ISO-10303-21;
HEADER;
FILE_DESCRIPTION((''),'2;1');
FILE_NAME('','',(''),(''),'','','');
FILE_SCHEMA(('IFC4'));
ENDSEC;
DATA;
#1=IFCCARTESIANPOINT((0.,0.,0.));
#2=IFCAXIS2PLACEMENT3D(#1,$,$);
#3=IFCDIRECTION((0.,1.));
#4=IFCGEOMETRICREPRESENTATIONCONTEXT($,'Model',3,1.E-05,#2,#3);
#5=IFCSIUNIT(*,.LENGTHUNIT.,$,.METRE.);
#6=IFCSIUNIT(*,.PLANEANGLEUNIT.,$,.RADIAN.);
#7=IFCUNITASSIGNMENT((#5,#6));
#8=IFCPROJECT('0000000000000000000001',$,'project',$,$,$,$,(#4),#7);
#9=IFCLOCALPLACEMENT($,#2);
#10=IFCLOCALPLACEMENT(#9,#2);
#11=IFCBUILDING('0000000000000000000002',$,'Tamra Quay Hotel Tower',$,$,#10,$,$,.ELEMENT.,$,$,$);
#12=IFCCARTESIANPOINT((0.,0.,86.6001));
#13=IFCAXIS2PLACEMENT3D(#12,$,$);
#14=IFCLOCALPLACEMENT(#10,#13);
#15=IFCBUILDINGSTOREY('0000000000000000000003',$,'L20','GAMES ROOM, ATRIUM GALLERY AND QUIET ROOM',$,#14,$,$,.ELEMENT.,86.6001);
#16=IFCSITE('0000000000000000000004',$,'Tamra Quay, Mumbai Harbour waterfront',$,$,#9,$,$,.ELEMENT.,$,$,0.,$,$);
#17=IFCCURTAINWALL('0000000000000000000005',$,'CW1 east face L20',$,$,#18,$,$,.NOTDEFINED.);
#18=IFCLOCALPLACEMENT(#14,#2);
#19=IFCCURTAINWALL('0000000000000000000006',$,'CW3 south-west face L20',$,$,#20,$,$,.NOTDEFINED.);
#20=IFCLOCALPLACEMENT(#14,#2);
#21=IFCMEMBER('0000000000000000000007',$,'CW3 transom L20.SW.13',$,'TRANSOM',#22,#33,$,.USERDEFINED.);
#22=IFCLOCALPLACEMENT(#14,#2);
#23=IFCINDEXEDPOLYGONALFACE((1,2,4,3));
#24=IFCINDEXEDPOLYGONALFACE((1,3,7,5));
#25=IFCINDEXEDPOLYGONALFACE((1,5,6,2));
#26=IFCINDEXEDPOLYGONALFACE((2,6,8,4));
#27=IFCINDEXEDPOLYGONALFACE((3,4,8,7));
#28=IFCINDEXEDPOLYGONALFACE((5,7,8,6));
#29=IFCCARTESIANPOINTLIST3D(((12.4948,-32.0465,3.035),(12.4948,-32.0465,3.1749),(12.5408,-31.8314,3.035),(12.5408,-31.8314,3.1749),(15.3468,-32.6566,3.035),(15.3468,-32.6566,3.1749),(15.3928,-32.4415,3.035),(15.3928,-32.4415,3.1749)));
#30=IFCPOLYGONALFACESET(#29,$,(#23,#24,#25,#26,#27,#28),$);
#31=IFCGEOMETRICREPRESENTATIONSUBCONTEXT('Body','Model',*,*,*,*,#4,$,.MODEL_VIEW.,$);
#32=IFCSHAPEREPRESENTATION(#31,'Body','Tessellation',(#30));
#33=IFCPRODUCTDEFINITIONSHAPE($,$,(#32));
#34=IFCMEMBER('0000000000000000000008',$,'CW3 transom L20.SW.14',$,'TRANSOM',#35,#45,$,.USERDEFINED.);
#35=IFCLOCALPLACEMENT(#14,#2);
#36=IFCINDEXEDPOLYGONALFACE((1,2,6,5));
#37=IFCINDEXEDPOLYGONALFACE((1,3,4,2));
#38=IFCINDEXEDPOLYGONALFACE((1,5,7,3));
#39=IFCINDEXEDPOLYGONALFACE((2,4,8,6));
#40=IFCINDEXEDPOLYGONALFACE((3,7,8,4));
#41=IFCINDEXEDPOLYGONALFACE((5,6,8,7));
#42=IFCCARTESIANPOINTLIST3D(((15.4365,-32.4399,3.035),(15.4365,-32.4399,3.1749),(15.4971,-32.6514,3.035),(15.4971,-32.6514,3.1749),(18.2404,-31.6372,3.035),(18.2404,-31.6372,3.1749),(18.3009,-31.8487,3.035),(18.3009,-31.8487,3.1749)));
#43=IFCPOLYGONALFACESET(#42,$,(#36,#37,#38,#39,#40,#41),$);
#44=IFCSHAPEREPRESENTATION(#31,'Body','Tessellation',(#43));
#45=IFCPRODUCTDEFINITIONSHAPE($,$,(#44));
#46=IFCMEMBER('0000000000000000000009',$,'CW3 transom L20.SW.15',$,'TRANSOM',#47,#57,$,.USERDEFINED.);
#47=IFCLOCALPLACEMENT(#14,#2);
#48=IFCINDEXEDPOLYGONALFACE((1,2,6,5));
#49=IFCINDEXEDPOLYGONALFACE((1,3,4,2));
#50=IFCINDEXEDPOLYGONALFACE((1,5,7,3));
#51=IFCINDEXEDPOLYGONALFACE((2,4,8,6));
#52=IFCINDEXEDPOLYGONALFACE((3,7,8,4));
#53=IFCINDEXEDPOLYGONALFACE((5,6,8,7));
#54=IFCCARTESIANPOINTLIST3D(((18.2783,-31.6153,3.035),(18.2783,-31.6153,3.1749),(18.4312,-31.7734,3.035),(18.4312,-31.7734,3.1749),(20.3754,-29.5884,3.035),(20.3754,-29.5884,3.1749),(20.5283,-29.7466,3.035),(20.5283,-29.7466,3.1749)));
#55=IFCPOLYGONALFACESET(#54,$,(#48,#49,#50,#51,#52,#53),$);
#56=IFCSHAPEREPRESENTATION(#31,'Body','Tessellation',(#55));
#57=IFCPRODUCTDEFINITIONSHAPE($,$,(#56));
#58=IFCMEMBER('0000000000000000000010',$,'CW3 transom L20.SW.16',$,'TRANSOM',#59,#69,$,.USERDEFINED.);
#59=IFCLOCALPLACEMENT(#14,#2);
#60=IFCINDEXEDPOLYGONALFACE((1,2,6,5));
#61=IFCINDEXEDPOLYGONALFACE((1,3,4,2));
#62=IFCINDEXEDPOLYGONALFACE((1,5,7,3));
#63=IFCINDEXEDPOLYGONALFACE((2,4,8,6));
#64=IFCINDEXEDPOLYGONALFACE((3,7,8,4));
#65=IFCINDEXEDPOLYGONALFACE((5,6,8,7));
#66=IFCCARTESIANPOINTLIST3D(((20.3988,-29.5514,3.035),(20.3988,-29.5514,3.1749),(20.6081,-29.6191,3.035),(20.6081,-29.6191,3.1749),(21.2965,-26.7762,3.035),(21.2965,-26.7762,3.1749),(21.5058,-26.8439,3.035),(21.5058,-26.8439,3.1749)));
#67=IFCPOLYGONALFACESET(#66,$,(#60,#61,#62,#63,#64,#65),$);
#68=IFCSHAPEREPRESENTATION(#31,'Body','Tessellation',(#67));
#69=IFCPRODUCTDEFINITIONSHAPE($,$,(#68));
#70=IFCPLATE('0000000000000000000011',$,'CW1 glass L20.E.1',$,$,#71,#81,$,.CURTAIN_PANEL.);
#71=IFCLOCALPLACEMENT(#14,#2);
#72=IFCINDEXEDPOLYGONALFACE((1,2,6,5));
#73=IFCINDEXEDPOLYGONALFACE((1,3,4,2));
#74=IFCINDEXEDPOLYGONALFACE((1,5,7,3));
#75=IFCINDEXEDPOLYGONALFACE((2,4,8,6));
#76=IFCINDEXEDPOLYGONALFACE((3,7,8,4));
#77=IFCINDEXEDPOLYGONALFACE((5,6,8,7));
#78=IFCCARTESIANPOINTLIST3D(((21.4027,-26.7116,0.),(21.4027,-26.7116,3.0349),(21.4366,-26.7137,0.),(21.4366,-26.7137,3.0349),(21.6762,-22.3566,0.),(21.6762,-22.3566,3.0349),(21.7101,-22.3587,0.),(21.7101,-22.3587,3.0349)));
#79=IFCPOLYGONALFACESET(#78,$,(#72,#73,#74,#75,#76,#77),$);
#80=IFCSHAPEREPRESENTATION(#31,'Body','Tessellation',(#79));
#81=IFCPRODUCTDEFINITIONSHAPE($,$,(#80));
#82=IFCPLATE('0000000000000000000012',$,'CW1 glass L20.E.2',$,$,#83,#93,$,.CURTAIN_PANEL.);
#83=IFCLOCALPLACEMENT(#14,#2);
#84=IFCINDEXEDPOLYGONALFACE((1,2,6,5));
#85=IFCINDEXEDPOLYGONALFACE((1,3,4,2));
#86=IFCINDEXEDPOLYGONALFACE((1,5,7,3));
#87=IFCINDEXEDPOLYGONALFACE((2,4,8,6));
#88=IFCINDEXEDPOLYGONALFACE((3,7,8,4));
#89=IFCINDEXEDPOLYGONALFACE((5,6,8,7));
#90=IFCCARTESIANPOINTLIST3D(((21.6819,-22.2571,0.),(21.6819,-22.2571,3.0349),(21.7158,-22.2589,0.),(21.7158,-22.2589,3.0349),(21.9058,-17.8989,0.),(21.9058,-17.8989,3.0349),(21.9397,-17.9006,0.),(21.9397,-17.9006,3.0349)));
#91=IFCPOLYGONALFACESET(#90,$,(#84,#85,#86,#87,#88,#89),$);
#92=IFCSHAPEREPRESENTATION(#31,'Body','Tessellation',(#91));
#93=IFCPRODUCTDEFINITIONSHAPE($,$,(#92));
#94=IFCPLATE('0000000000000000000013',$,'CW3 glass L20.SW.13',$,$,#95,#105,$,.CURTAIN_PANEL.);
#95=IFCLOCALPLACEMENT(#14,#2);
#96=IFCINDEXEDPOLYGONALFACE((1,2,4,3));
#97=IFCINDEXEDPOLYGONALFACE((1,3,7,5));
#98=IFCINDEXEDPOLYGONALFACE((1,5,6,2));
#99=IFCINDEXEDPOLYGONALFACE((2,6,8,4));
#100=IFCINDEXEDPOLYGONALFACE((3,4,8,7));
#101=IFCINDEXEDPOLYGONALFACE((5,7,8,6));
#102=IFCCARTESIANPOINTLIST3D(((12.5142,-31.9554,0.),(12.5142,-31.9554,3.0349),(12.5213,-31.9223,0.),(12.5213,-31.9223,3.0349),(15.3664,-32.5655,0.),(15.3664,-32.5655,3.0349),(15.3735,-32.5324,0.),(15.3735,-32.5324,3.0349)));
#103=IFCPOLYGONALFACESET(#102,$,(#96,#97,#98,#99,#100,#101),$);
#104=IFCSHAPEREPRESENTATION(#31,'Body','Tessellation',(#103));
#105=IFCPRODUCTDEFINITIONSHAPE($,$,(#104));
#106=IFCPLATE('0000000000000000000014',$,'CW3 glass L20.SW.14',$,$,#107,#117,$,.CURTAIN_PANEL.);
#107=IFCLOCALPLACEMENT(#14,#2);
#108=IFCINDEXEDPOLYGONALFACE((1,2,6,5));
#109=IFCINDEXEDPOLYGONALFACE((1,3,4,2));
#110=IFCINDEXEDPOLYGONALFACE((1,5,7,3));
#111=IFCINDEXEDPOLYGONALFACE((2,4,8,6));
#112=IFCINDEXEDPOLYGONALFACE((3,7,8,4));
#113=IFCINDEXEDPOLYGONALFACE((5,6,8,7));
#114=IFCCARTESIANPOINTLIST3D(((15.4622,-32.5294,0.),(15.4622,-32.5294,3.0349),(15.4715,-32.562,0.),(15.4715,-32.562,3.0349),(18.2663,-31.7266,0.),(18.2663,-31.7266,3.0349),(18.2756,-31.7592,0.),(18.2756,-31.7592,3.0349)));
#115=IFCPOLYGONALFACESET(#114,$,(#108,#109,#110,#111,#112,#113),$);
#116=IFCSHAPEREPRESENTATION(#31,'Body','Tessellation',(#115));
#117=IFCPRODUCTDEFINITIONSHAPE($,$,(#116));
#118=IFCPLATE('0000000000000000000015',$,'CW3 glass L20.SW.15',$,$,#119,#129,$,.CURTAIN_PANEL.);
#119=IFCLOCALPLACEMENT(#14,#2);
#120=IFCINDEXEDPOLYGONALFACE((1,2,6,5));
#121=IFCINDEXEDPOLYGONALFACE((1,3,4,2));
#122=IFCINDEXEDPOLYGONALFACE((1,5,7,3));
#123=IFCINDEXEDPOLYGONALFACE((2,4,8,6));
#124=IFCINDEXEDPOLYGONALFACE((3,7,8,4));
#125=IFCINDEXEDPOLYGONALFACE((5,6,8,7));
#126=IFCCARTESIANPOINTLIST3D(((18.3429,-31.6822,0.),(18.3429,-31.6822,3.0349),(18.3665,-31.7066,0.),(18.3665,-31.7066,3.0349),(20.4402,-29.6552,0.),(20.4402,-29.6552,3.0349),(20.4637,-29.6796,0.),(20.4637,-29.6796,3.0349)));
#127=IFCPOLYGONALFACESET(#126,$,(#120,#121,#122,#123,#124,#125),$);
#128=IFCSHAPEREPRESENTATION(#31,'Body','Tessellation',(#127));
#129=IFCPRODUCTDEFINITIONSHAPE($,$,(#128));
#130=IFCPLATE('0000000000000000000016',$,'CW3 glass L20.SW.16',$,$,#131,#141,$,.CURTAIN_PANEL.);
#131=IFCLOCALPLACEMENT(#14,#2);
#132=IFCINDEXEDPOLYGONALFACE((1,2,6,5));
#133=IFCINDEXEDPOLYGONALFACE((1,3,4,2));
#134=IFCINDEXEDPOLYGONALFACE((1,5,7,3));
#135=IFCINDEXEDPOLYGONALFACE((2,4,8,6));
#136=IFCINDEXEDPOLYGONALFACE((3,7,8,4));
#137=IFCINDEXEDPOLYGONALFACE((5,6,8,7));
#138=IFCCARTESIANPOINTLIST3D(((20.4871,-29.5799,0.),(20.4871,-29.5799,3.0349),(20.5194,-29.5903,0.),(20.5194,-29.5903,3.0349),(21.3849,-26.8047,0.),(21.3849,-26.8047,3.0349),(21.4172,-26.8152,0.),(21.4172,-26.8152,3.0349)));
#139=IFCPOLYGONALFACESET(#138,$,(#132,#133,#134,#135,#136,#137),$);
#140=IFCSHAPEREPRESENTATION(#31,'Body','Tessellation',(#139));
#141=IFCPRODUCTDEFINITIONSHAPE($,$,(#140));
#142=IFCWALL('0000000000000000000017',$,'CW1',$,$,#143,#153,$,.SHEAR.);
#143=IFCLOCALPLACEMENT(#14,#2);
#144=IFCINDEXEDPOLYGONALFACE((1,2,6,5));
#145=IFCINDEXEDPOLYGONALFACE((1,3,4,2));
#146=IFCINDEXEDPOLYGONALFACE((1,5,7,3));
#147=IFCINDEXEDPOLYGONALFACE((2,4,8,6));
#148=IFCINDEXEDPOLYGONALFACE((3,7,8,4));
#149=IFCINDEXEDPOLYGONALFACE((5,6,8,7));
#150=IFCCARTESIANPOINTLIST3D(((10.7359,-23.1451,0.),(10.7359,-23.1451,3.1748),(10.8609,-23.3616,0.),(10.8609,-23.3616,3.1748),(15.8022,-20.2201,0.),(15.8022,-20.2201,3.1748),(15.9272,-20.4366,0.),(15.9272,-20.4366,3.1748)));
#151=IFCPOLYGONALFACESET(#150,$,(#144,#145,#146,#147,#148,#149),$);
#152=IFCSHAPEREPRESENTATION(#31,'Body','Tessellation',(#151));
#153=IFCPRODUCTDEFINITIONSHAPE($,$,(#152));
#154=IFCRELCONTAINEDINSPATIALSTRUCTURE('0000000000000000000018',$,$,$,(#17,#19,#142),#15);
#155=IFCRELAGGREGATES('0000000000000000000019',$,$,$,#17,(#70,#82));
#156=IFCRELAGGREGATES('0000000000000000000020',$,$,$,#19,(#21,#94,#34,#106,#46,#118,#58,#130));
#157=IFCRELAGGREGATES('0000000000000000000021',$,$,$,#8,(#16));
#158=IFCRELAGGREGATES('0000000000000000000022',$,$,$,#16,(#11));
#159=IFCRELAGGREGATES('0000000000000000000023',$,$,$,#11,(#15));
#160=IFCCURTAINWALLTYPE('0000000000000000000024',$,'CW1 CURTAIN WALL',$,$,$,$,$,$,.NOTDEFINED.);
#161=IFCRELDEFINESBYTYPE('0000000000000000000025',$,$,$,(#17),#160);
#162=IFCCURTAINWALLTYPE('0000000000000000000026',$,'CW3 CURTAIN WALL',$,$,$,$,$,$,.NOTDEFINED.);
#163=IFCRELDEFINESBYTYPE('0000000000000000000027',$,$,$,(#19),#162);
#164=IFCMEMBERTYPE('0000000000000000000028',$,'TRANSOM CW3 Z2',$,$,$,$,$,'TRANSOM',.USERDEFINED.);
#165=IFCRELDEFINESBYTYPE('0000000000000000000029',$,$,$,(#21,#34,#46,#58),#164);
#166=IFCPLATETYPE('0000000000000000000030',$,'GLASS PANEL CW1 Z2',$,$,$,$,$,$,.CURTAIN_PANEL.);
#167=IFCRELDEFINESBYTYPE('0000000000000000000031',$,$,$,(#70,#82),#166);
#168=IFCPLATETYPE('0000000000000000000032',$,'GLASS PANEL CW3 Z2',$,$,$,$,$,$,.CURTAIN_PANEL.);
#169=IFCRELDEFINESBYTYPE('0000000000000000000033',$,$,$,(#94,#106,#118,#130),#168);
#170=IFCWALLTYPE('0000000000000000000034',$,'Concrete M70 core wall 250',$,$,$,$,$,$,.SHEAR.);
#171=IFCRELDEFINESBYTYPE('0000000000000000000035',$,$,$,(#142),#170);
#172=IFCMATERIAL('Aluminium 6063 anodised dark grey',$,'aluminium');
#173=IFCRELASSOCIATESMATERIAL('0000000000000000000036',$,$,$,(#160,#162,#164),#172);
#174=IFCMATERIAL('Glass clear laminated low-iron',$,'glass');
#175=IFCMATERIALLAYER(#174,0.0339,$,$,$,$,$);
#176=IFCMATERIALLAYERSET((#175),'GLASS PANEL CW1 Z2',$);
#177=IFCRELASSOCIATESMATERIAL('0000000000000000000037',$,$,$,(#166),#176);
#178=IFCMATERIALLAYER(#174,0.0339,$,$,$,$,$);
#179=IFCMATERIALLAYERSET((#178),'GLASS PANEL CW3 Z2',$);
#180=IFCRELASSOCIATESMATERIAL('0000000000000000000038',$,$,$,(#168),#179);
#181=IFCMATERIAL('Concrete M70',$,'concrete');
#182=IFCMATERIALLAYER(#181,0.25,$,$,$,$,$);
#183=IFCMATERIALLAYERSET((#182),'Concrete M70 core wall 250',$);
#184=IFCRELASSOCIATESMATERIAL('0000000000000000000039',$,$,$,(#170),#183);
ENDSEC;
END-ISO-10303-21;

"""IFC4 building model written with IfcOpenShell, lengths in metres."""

from ifc_helpers import new_model, si_unit, direction, frame, frame_2d, origin, origin_2d, place, context, subcontext, project, spatial, rectangle, extrude, material, layer, layer_set, material_profile, profile_set, type_object, element, aggregate, save


model = new_model("IFC4")

# Units and contexts
model_context = context("Model", 3, precision=1e-05, world=origin(), true_north=direction((0.0, 1.0)))
body_context = subcontext(model_context, "Body", "Model", "MODEL_VIEW")
ifc_project = project(units=[si_unit("LENGTHUNIT", "METRE"), si_unit("PLANEANGLEUNIT", "RADIAN")], contexts=[model_context])

# Site, building, storey
site_placement = place(None, origin())
site = spatial("IfcSite", under=ifc_project, at=site_placement, Name="Tamra Quay, Mumbai Harbour waterfront", CompositionType="ELEMENT", RefElevation=0.0)
building_placement = place(site_placement, origin())
building = spatial("IfcBuilding", under=site, at=building_placement, Name="Tamra Quay Hotel Tower", CompositionType="ELEMENT")
storey_placement = place(building_placement, frame((0.0, 0.0, 86.6001)))
storey = spatial("IfcBuildingStorey", under=building, at=storey_placement, Name="L20", Description="GAMES ROOM, ATRIUM GALLERY AND QUIET ROOM", CompositionType="ELEMENT", Elevation=86.6001)

# Shared definitions
ifc_material_1 = material(Name="Concrete M70", Category="concrete")

# Curtain walls
ifc_material_2 = material(Name="Aluminium 6063 anodised dark grey", Category="aluminium")
curtain_wall_type_1 = type_object("IfcCurtainWallType", Name="CW1 CURTAIN WALL", PredefinedType="NOTDEFINED", material=ifc_material_2)
curtain_wall_1_placement = place(storey_placement, origin())
curtain_wall_1 = element("IfcCurtainWall", 1, at=curtain_wall_1_placement, inside=storey, type_object=curtain_wall_type_1, Name="CW1 east face L20", PredefinedType="NOTDEFINED")
curtain_wall_type_2 = type_object("IfcCurtainWallType", Name="CW3 CURTAIN WALL", PredefinedType="NOTDEFINED", material=ifc_material_2)
curtain_wall_2_placement = place(storey_placement, origin())
curtain_wall_2 = element("IfcCurtainWall", 2, at=curtain_wall_2_placement, inside=storey, type_object=curtain_wall_type_2, Name="CW3 south-west face L20", PredefinedType="NOTDEFINED")

# Members
ifc_material_profile_1 = material_profile(ifc_material_2, rectangle(XDim=0.22, YDim=0.1399, at=origin_2d()), Name="TRANSOM 220X140")
ifc_profile_set_1 = profile_set([ifc_material_profile_1], Name="Aluminium 6063 anodised dark grey")
member_type_1 = type_object("IfcMemberType", Name="TRANSOM CW3 Z2", ElementType="TRANSOM", PredefinedType="USERDEFINED", material=ifc_profile_set_1)
member_1_placement = place(storey_placement, frame((12.5178, -31.939, 3.105), z_axis=(0.977876, -0.209186, 0.0), x_axis=(0.209186, 0.977876, 0.0)))
member_1 = element("IfcMember", 3, at=member_1_placement, type_object=member_type_1, Name="CW3 transom L20.SW.13", ObjectType="TRANSOM", PredefinedType="USERDEFINED", context=body_context, shape_type="SweptSolid", body=[
    extrude(rectangle(XDim=0.22, YDim=0.1399, at=origin_2d()), origin(), (0.0, 0.0, 1.0), 2.9165),
])
member_2_placement = place(storey_placement, frame((15.4668, -32.5457, 3.105), z_axis=(0.961379, 0.27523, 0.0), x_axis=(-0.27523, 0.961379, 0.0)))
member_2 = element("IfcMember", 4, at=member_2_placement, type_object=member_type_1, Name="CW3 transom L20.SW.14", ObjectType="TRANSOM", PredefinedType="USERDEFINED", context=body_context, shape_type="SweptSolid", body=[
    extrude(rectangle(XDim=0.22, YDim=0.1399, at=origin_2d()), origin(), (0.0, 0.0, 1.0), 2.9165),
])
member_3_placement = place(storey_placement, frame((18.3547, -31.6943, 3.105), z_axis=(0.719058, 0.69495, 0.0), x_axis=(-0.69495, 0.719058, 0.0)))
member_3 = element("IfcMember", 5, at=member_3_placement, type_object=member_type_1, Name="CW3 transom L20.SW.15", ObjectType="TRANSOM", PredefinedType="USERDEFINED", context=body_context, shape_type="SweptSolid", body=[
    extrude(rectangle(XDim=0.22, YDim=0.1399, at=origin_2d()), origin(), (0.0, 0.0, 1.0), 2.9165),
])
member_4_placement = place(storey_placement, frame((20.5034, -29.5852, 3.105), z_axis=(0.307778, 0.951458, 0.0), x_axis=(-0.951458, 0.307778, 0.0)))
member_4 = element("IfcMember", 6, at=member_4_placement, type_object=member_type_1, Name="CW3 transom L20.SW.16", ObjectType="TRANSOM", PredefinedType="USERDEFINED", context=body_context, shape_type="SweptSolid", body=[
    extrude(rectangle(XDim=0.22, YDim=0.1399, at=origin_2d()), origin(), (0.0, 0.0, 1.0), 2.9167),
])

# Plates
ifc_material_3 = material(Name="Glass clear laminated low-iron", Category="glass")
ifc_layer_1 = layer(ifc_material_3, 0.0339)
ifc_layer_set_1 = layer_set([ifc_layer_1], Name="GLASS PANEL CW1 Z2")
plate_type_1 = type_object("IfcPlateType", Name="GLASS PANEL CW1 Z2", PredefinedType="CURTAIN_PANEL", material=ifc_layer_set_1)
plate_1_placement = place(storey_placement, frame((21.5564, -24.5352, 0.0), z_axis=(0.0, 0.0, 1.0), x_axis=(0.06267, 0.998034, 0.0)))
plate_1 = element("IfcPlate", 7, at=plate_1_placement, type_object=plate_type_1, Name="CW1 glass L20.E.1", PredefinedType="CURTAIN_PANEL", context=body_context, shape_type="SweptSolid", body=[
    extrude(rectangle(XDim=4.3635, YDim=0.0339, at=origin_2d()), origin(), (0.0, 0.0, 1.0), 3.0349),
])
plate_2_placement = place(storey_placement, frame((21.8108, -20.0789, 0.0), z_axis=(0.0, 0.0, 1.0), x_axis=(0.051321, 0.998682, 0.0)))
plate_2 = element("IfcPlate", 8, at=plate_2_placement, type_object=plate_type_1, Name="CW1 glass L20.E.2", PredefinedType="CURTAIN_PANEL", context=body_context, shape_type="SweptSolid", body=[
    extrude(rectangle(XDim=4.364, YDim=0.0339, at=origin_2d()), origin(), (0.0, 0.0, 1.0), 3.0349),
])
aggregate(curtain_wall_1, [plate_1, plate_2])
ifc_layer_2 = layer(ifc_material_3, 0.0339)
ifc_layer_set_2 = layer_set([ifc_layer_2], Name="GLASS PANEL CW3 Z2")
plate_type_2 = type_object("IfcPlateType", Name="GLASS PANEL CW3 Z2", PredefinedType="CURTAIN_PANEL", material=ifc_layer_set_2)
plate_3_placement = place(storey_placement, frame((13.9438, -32.2439, 0.0), z_axis=(0.0, 0.0, 1.0), x_axis=(0.977879, -0.209172, 0.0)))
plate_3 = element("IfcPlate", 9, at=plate_3_placement, type_object=plate_type_2, Name="CW3 glass L20.SW.13", PredefinedType="CURTAIN_PANEL", context=body_context, shape_type="SweptSolid", body=[
    extrude(rectangle(XDim=2.9167, YDim=0.0339, at=origin_2d()), origin(), (0.0, 0.0, 1.0), 3.0349),
])
plate_4_placement = place(storey_placement, frame((16.8689, -32.1443, 0.0), z_axis=(0.0, 0.0, 1.0), x_axis=(0.96138, 0.275224, 0.0)))
plate_4 = element("IfcPlate", 10, at=plate_4_placement, type_object=plate_type_2, Name="CW3 glass L20.SW.14", PredefinedType="CURTAIN_PANEL", context=body_context, shape_type="SweptSolid", body=[
    extrude(rectangle(XDim=2.9167, YDim=0.0339, at=origin_2d()), origin(), (0.0, 0.0, 1.0), 3.0349),
])
plate_5_placement = place(storey_placement, frame((19.4033, -30.6809, 0.0), z_axis=(0.0, 0.0, 1.0), x_axis=(0.719041, 0.694967, 0.0)))
plate_5 = element("IfcPlate", 11, at=plate_5_placement, type_object=plate_type_2, Name="CW3 glass L20.SW.15", PredefinedType="CURTAIN_PANEL", context=body_context, shape_type="SweptSolid", body=[
    extrude(rectangle(XDim=2.9167, YDim=0.0339, at=origin_2d()), origin(), (0.0, 0.0, 1.0), 3.0349),
])
plate_6_placement = place(storey_placement, frame((20.9521, -28.1975, 0.0), z_axis=(0.0, 0.0, 1.0), x_axis=(0.307791, 0.951454, 0.0)))
plate_6 = element("IfcPlate", 12, at=plate_6_placement, type_object=plate_type_2, Name="CW3 glass L20.SW.16", PredefinedType="CURTAIN_PANEL", context=body_context, shape_type="SweptSolid", body=[
    extrude(rectangle(XDim=2.9167, YDim=0.0339, at=origin_2d()), origin(), (0.0, 0.0, 1.0), 3.0349),
])
aggregate(curtain_wall_2, [member_1, plate_3, member_2, plate_4, member_3, plate_5, member_4, plate_6])

# Wall
ifc_layer_3 = layer(ifc_material_1, 0.25)
ifc_layer_set_3 = layer_set([ifc_layer_3], Name="Concrete M70 core wall 250")
wall_type = type_object("IfcWallType", Name="Concrete M70 core wall 250", PredefinedType="SHEAR", material=ifc_layer_set_3)
wall_placement = place(storey_placement, frame((15.8647, -20.3284, 0.0), z_axis=(0.0, 0.0, 1.0), x_axis=(-0.866029, -0.499995, 0.0)))
element("IfcWall", 13, at=wall_placement, inside=storey, type_object=wall_type, Name="CW1", PredefinedType="SHEAR", context=body_context, shape_type="SweptSolid", body=[
    extrude(rectangle(XDim=5.8501, YDim=0.25, at=frame_2d((2.925, 0.0))), origin(), (0.0, 0.0, 1.0), 3.1748),
])

save(model, "model.ifc")
